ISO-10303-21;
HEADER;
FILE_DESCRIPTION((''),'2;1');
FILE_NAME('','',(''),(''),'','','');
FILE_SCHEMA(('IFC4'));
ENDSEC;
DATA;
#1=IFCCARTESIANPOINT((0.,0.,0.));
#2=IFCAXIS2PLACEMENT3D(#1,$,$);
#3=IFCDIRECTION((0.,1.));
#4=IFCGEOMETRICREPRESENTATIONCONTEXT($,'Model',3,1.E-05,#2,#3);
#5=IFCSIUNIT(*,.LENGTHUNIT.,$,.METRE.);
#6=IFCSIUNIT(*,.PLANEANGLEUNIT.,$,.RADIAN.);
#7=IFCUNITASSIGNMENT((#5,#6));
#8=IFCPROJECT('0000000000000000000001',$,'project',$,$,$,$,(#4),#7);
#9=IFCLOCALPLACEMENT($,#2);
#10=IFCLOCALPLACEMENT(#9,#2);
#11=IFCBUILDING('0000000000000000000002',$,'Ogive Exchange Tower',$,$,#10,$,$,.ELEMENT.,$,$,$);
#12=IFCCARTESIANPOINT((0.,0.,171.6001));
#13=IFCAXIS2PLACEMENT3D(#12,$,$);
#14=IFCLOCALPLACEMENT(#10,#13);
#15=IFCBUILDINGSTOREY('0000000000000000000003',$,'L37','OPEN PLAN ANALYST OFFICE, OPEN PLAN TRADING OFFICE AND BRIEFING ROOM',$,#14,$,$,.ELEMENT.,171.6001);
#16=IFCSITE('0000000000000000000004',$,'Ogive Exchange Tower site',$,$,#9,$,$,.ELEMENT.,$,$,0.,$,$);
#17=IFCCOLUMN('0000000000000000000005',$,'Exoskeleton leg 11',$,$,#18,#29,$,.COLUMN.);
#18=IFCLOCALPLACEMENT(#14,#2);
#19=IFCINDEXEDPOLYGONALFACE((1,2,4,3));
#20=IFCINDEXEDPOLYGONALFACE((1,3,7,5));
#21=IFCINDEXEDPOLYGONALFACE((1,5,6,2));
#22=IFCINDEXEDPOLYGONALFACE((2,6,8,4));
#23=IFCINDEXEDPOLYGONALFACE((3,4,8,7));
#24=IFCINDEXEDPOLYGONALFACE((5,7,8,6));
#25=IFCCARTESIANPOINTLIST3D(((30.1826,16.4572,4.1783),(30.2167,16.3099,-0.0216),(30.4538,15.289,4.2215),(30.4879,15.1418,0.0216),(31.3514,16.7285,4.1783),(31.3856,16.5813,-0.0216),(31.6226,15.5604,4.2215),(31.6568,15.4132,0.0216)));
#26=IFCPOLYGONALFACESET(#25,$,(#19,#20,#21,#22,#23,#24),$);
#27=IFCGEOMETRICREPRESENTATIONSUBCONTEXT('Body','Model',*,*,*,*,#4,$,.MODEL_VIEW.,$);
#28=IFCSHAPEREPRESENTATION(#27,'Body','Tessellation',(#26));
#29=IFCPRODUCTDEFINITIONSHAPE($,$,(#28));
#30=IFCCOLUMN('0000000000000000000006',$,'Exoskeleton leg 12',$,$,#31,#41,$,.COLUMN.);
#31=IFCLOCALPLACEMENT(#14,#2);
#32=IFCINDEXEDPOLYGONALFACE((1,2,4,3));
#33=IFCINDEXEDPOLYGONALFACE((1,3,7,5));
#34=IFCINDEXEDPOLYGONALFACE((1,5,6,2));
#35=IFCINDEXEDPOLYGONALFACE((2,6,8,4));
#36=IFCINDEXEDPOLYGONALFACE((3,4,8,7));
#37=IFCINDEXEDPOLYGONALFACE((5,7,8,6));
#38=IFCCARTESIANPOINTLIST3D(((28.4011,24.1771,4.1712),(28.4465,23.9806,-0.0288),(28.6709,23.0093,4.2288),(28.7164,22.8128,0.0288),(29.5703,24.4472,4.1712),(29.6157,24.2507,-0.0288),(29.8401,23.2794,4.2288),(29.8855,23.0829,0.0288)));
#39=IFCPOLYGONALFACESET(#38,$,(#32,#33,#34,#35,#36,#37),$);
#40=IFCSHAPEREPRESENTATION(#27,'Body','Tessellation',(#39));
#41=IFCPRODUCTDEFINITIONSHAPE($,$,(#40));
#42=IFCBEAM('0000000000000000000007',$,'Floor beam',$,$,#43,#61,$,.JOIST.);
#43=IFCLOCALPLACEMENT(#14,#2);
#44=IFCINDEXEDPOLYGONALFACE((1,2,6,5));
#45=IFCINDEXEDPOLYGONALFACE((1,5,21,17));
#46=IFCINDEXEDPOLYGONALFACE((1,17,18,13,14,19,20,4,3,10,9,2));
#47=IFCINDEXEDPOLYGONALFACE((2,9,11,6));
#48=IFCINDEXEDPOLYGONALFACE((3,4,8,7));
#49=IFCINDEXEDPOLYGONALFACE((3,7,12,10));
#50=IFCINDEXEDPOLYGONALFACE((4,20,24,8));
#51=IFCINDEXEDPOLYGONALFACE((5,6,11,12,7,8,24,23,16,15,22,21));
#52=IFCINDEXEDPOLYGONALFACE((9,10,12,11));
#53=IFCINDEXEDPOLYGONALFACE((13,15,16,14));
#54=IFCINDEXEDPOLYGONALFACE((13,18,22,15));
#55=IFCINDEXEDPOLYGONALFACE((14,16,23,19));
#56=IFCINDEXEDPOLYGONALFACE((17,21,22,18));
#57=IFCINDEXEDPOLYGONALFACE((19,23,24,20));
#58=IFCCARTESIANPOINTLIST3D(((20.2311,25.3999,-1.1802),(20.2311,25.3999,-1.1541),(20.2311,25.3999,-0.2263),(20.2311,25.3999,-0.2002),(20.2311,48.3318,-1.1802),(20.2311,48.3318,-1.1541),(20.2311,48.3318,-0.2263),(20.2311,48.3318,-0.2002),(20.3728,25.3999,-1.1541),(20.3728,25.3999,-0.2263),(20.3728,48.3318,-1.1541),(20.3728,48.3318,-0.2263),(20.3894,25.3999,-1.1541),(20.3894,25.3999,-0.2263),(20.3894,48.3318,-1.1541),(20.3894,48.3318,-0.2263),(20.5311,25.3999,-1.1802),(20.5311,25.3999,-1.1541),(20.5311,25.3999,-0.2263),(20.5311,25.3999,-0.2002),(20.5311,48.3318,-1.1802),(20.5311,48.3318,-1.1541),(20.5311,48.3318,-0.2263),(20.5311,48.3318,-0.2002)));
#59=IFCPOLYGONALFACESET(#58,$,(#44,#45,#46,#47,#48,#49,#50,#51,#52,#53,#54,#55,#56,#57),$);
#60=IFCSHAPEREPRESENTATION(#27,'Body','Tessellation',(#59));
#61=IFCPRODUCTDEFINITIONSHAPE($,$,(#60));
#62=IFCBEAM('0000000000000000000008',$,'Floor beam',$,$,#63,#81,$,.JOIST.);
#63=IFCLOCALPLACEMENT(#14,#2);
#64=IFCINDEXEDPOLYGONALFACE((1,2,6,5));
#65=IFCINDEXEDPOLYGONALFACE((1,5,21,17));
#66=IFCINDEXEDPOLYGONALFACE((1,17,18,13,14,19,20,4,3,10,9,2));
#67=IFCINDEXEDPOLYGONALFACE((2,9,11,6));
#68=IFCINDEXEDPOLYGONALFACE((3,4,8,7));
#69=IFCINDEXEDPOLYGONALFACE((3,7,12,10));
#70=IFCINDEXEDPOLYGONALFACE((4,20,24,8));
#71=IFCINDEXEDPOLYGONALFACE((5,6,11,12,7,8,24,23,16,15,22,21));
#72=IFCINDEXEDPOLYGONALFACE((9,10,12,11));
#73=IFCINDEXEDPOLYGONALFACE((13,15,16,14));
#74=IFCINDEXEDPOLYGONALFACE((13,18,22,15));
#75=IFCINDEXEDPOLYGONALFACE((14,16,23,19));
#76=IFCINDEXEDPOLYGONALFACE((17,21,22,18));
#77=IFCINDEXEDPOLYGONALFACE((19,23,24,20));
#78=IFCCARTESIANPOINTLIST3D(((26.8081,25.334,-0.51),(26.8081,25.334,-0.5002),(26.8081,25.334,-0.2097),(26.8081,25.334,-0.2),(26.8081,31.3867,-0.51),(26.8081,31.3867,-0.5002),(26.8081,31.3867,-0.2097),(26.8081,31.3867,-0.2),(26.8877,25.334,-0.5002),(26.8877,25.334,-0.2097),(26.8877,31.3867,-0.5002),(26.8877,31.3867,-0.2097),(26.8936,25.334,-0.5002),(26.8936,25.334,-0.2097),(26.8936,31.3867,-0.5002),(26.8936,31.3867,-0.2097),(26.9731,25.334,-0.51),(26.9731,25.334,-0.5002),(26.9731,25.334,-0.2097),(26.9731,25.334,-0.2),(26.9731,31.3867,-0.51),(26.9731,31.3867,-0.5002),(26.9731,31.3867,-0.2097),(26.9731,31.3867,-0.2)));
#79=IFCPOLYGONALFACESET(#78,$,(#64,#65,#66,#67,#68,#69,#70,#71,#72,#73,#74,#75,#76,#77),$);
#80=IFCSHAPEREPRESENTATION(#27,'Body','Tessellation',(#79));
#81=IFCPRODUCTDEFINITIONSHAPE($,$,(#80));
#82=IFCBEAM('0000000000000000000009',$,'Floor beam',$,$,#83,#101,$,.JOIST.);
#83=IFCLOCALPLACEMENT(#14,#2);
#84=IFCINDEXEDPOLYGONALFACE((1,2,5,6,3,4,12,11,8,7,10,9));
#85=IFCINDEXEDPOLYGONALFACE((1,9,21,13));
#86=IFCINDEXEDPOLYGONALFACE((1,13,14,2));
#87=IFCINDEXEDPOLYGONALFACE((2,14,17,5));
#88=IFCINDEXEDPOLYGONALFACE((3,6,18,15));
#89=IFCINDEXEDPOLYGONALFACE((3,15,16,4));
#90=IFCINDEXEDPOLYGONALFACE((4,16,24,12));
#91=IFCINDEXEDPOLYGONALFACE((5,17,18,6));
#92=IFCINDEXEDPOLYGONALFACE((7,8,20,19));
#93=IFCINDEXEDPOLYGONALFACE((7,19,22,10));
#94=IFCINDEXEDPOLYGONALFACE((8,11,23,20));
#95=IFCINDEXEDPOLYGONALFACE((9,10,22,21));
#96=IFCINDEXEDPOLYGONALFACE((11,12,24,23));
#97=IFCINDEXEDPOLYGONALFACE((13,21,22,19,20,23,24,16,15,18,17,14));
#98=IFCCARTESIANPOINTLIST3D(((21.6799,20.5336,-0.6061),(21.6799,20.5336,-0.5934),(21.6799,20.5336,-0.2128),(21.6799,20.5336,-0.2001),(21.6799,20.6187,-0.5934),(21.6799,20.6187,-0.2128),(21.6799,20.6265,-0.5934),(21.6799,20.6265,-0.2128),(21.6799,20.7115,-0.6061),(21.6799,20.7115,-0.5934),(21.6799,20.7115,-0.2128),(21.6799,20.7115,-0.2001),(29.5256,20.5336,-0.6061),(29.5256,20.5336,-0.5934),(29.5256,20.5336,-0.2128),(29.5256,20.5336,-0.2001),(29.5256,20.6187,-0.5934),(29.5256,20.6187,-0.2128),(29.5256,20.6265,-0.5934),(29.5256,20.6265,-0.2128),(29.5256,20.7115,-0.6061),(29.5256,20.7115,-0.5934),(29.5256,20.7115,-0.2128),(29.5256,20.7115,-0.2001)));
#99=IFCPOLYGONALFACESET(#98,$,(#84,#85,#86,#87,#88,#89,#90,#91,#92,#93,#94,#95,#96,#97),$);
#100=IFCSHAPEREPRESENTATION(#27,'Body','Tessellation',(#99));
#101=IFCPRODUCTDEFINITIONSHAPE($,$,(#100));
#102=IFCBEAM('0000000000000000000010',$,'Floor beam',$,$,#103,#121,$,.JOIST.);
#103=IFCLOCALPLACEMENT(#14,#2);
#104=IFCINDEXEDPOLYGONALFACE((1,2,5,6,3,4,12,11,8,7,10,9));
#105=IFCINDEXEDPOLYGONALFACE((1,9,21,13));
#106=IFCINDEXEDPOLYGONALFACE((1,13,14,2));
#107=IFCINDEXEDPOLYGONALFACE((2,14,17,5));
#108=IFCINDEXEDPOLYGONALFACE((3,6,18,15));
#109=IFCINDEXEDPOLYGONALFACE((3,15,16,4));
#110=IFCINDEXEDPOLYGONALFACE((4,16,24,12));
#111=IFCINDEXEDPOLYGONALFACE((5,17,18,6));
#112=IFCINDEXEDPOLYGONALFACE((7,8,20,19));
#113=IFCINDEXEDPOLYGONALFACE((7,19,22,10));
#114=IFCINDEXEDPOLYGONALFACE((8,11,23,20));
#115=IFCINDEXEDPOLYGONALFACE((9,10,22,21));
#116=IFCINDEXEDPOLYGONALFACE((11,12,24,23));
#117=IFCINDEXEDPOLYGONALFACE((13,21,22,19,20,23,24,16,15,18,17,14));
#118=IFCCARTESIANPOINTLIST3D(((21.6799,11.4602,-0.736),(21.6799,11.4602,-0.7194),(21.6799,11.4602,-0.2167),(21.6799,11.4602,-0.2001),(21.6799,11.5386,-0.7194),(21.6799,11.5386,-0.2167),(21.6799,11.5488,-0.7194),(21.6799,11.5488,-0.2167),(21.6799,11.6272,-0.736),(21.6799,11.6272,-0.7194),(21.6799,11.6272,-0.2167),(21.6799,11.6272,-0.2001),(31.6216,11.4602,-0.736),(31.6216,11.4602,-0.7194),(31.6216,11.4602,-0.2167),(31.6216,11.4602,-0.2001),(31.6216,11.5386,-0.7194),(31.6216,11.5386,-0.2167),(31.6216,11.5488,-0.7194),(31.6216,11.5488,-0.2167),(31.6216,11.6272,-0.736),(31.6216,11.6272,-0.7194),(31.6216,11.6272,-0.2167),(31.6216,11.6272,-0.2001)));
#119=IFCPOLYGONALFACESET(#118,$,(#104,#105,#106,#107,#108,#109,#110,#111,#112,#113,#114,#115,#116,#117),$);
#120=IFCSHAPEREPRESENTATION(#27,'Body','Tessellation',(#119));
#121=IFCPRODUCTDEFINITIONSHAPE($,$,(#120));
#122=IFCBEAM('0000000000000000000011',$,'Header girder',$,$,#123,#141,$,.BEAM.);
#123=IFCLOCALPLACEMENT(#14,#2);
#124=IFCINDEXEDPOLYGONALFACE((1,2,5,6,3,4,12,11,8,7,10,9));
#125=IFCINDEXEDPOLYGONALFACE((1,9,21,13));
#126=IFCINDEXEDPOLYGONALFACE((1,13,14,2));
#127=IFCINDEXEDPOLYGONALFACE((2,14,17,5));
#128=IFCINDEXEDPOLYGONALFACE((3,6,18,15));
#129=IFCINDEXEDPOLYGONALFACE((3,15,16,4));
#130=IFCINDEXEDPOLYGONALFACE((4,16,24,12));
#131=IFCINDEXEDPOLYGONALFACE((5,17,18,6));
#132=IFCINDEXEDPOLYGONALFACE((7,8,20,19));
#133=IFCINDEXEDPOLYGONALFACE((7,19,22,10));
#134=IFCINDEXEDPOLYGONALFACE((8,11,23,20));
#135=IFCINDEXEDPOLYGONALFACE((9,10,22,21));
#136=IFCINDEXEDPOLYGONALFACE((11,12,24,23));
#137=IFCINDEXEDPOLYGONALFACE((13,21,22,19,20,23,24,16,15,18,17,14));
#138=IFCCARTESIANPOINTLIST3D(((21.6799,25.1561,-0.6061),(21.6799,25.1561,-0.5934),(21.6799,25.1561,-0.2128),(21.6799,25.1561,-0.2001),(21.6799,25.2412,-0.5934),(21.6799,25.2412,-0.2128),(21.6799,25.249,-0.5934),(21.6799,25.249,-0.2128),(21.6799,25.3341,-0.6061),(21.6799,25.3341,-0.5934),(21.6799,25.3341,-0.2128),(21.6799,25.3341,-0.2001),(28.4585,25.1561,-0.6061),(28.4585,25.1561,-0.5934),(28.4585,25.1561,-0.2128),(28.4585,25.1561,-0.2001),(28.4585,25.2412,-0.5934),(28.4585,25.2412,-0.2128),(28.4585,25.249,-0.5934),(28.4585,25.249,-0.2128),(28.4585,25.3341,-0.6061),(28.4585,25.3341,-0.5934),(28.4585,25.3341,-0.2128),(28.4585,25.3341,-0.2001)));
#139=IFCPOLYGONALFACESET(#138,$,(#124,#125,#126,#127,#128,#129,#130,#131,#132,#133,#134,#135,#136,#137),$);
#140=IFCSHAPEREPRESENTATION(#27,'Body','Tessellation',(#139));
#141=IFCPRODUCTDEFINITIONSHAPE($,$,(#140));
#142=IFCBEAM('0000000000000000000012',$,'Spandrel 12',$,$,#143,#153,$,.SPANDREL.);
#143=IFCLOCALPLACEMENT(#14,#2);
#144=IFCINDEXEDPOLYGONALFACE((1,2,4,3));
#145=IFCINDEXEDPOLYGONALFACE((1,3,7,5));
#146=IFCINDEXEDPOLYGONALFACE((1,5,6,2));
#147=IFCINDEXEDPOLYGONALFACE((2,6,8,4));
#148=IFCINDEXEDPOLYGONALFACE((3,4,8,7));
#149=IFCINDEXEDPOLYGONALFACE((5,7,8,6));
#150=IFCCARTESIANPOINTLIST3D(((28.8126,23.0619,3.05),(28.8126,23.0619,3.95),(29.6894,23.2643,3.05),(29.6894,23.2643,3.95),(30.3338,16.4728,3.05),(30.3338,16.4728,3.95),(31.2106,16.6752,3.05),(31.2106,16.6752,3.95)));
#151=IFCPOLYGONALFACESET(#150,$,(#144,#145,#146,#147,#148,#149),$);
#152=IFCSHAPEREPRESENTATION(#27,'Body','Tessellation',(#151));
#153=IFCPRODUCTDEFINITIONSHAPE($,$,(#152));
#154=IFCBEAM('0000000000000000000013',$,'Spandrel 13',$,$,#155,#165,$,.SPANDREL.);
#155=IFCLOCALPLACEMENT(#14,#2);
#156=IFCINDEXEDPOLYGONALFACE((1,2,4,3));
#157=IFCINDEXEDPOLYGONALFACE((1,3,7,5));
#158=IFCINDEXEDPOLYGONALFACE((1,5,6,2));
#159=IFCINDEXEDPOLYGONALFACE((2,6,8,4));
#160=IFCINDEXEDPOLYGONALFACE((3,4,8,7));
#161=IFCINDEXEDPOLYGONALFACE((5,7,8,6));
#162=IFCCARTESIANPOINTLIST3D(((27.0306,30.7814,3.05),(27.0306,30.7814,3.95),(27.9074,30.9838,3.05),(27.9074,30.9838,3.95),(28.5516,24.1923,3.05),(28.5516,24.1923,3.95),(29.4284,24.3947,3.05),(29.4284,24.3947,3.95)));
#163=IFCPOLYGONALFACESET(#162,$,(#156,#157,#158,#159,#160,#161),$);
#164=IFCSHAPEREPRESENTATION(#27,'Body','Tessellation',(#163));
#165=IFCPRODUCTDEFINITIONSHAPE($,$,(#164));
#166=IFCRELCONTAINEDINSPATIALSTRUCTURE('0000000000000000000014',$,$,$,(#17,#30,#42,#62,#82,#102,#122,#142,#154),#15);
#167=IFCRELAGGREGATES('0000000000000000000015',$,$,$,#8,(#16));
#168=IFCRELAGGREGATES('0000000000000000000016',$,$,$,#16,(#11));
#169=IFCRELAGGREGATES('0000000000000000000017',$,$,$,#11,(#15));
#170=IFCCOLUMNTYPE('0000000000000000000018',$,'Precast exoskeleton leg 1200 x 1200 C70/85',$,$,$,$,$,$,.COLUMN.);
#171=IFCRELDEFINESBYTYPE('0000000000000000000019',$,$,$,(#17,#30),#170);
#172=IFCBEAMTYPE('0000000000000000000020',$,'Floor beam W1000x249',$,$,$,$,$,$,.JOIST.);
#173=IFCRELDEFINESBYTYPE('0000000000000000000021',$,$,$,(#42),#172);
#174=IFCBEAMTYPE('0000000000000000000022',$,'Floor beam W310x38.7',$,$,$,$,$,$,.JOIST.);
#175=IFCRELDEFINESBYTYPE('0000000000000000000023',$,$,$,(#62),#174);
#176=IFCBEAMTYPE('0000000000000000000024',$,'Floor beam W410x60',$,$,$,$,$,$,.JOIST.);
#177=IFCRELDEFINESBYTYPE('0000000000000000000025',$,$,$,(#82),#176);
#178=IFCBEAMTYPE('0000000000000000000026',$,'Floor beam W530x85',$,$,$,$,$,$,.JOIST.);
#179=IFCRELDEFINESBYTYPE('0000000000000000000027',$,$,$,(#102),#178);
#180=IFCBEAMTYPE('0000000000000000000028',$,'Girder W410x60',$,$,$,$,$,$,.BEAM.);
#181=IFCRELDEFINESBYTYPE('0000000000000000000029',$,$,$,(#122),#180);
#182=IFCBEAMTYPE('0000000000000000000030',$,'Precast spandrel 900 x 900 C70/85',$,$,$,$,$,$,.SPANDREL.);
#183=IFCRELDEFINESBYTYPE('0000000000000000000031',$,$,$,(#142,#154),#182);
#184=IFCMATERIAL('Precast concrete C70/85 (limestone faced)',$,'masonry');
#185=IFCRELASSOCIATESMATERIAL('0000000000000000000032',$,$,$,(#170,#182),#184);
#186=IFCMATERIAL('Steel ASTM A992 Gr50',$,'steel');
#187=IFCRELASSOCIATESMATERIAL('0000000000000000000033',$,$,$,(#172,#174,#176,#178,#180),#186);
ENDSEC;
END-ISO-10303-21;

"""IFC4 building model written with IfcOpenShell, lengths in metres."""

from ifc_helpers import new_model, si_unit, direction, frame, origin, origin_2d, place, context, subcontext, project, spatial, rectangle, i_section, extrude, material, material_profile, profile_set, type_object, element, save


model = new_model("IFC4")

# Units and contexts
model_context = context("Model", 3, precision=1e-05, world=origin(), true_north=direction((0.0, 1.0)))
body_context = subcontext(model_context, "Body", "Model", "MODEL_VIEW")
ifc_project = project(units=[si_unit("LENGTHUNIT", "METRE"), si_unit("PLANEANGLEUNIT", "RADIAN")], contexts=[model_context])

# Site, building, storey
site_placement = place(None, origin())
site = spatial("IfcSite", under=ifc_project, at=site_placement, Name="Ogive Exchange Tower site", CompositionType="ELEMENT", RefElevation=0.0)
building_placement = place(site_placement, origin())
building = spatial("IfcBuilding", under=site, at=building_placement, Name="Ogive Exchange Tower", CompositionType="ELEMENT")
storey_placement = place(building_placement, frame((0.0, 0.0, 171.6001)))
storey = spatial("IfcBuildingStorey", under=building, at=storey_placement, Name="L37", Description="OPEN PLAN ANALYST OFFICE, OPEN PLAN TRADING OFFICE AND BRIEFING ROOM", CompositionType="ELEMENT", Elevation=171.6001)

# Columns
ifc_material_1 = material(Name="Precast concrete C70/85 (limestone faced)", Category="masonry")
ifc_material_profile_1 = material_profile(ifc_material_1, rectangle(XDim=1.2, YDim=1.2, at=origin_2d()), Name="1200 x 1200")
ifc_profile_set_1 = profile_set([ifc_material_profile_1], Name="Precast concrete C70/85 (limestone faced)")
column_type = type_object("IfcColumnType", Name="Precast exoskeleton leg 1200 x 1200 C70/85", PredefinedType="COLUMN", material=ifc_profile_set_1)
column_1_placement = place(storey_placement, frame((30.9368, 15.8616, 0.0), z_axis=(-0.008133, 0.035029, 0.999353), x_axis=(-0.974091, -0.226157, 0.0)))
element("IfcColumn", 1, at=column_1_placement, inside=storey, type_object=column_type, Name="Exoskeleton leg 11", PredefinedType="COLUMN", context=body_context, shape_type="SweptSolid", body=[
    extrude(rectangle(XDim=1.2, YDim=1.2, at=origin_2d()), origin(), (0.0, 0.0, 1.0), 4.2026),
])
column_2_placement = place(storey_placement, frame((29.166, 23.5317, 0.0), z_axis=(-0.0108, 0.04674, 0.998849), x_axis=(-0.97433, -0.225125, 0.0)))
element("IfcColumn", 2, at=column_2_placement, inside=storey, type_object=column_type, Name="Exoskeleton leg 12", PredefinedType="COLUMN", context=body_context, shape_type="SweptSolid", body=[
    extrude(rectangle(XDim=1.2, YDim=1.2, at=origin_2d()), origin(), (0.0, 0.0, 1.0), 4.2048),
])

# Beams
ifc_material_2 = material(Name="Steel ASTM A992 Gr50", Category="steel")
ifc_material_profile_2 = material_profile(ifc_material_2, i_section(OverallWidth=0.3, OverallDepth=0.98, WebThickness=0.0166, FlangeThickness=0.0261, at=origin_2d()), Name="W1000x249")
ifc_profile_set_2 = profile_set([ifc_material_profile_2], Name="Steel ASTM A992 Gr50")
beam_type_1 = type_object("IfcBeamType", Name="Floor beam W1000x249", PredefinedType="JOIST", material=ifc_profile_set_2)
beam_1_placement = place(storey_placement, frame((20.3811, 25.3999, -0.6902), z_axis=(0.0, 1.0, 0.0), x_axis=(-1.0, 0.0, 0.0)))
element("IfcBeam", 3, at=beam_1_placement, inside=storey, type_object=beam_type_1, Name="Floor beam", PredefinedType="JOIST", context=body_context, shape_type="SweptSolid", body=[
    extrude(i_section(OverallWidth=0.3, OverallDepth=0.98, WebThickness=0.0166, FlangeThickness=0.0261, at=origin_2d()), origin(), (0.0, 0.0, 1.0), 22.9319),
])
ifc_material_profile_3 = material_profile(ifc_material_2, i_section(OverallWidth=0.165, OverallDepth=0.3101, WebThickness=0.0059, FlangeThickness=0.0098, at=origin_2d()), Name="W310x38.7")
ifc_profile_set_3 = profile_set([ifc_material_profile_3], Name="Steel ASTM A992 Gr50")
beam_type_2 = type_object("IfcBeamType", Name="Floor beam W310x38.7", PredefinedType="JOIST", material=ifc_profile_set_3)
beam_2_placement = place(storey_placement, frame((26.8906, 25.334, -0.355), z_axis=(0.0, 1.0, 0.0), x_axis=(-1.0, 0.0, 0.0)))
element("IfcBeam", 4, at=beam_2_placement, inside=storey, type_object=beam_type_2, Name="Floor beam", PredefinedType="JOIST", context=body_context, shape_type="SweptSolid", body=[
    extrude(i_section(OverallWidth=0.165, OverallDepth=0.3101, WebThickness=0.0059, FlangeThickness=0.0098, at=origin_2d()), origin(), (0.0, 0.0, 1.0), 6.0527),
])
ifc_material_profile_4 = material_profile(ifc_material_2, i_section(OverallWidth=0.178, OverallDepth=0.406, WebThickness=0.0078, FlangeThickness=0.0127, at=origin_2d()), Name="W410x60")
ifc_profile_set_4 = profile_set([ifc_material_profile_4], Name="Steel ASTM A992 Gr50")
beam_type_3 = type_object("IfcBeamType", Name="Floor beam W410x60", PredefinedType="JOIST", material=ifc_profile_set_4)
beam_3_placement = place(storey_placement, frame((21.6799, 20.6226, -0.4031), z_axis=(1.0, 0.0, 0.0), x_axis=(0.0, 1.0, 0.0)))
element("IfcBeam", 5, at=beam_3_placement, inside=storey, type_object=beam_type_3, Name="Floor beam", PredefinedType="JOIST", context=body_context, shape_type="SweptSolid", body=[
    extrude(i_section(OverallWidth=0.178, OverallDepth=0.406, WebThickness=0.0078, FlangeThickness=0.0127, at=origin_2d()), origin(), (0.0, 0.0, 1.0), 7.8457),
])
ifc_material_profile_5 = material_profile(ifc_material_2, i_section(OverallWidth=0.167, OverallDepth=0.5359, WebThickness=0.0103, FlangeThickness=0.0166, at=origin_2d()), Name="W530x85")
ifc_profile_set_5 = profile_set([ifc_material_profile_5], Name="Steel ASTM A992 Gr50")
beam_type_4 = type_object("IfcBeamType", Name="Floor beam W530x85", PredefinedType="JOIST", material=ifc_profile_set_5)
beam_4_placement = place(storey_placement, frame((21.6799, 11.5437, -0.468), z_axis=(1.0, 0.0, 0.0), x_axis=(0.0, 1.0, 0.0)))
element("IfcBeam", 6, at=beam_4_placement, inside=storey, type_object=beam_type_4, Name="Floor beam", PredefinedType="JOIST", context=body_context, shape_type="SweptSolid", body=[
    extrude(i_section(OverallWidth=0.167, OverallDepth=0.5359, WebThickness=0.0103, FlangeThickness=0.0166, at=origin_2d()), origin(), (0.0, 0.0, 1.0), 9.9417),
])
ifc_material_profile_6 = material_profile(ifc_material_2, i_section(OverallWidth=0.178, OverallDepth=0.406, WebThickness=0.0078, FlangeThickness=0.0127, at=origin_2d()), Name="W410x60")
ifc_profile_set_6 = profile_set([ifc_material_profile_6], Name="Steel ASTM A992 Gr50")
beam_type_5 = type_object("IfcBeamType", Name="Girder W410x60", PredefinedType="BEAM", material=ifc_profile_set_6)
beam_5_placement = place(storey_placement, frame((21.6799, 25.2451, -0.4031), z_axis=(1.0, 0.0, 0.0), x_axis=(0.0, 1.0, 0.0)))
element("IfcBeam", 7, at=beam_5_placement, inside=storey, type_object=beam_type_5, Name="Header girder", PredefinedType="BEAM", context=body_context, shape_type="SweptSolid", body=[
    extrude(i_section(OverallWidth=0.178, OverallDepth=0.406, WebThickness=0.0078, FlangeThickness=0.0127, at=origin_2d()), origin(), (0.0, 0.0, 1.0), 6.7786),
])
ifc_material_profile_7 = material_profile(ifc_material_1, rectangle(XDim=0.8999, YDim=0.8999, at=origin_2d()), Name="900 x 900")
ifc_profile_set_7 = profile_set([ifc_material_profile_7], Name="Precast concrete C70/85 (limestone faced)")
beam_type_6 = type_object("IfcBeamType", Name="Precast spandrel 900 x 900 C70/85", PredefinedType="SPANDREL", material=ifc_profile_set_7)
for number, where, z_axis, x_axis, name in (
    (8, (30.7722, 16.574, 3.5), (-0.224954, 0.974369, 0.0), (-0.974369, -0.224954, 0.0), "Spandrel 12"),
    (9, (28.99, 24.2935, 3.5), (-0.22492, 0.974377, 0.0), (-0.974377, -0.22492, 0.0), "Spandrel 13"),
):
    element("IfcBeam", number, at=place(storey_placement, frame(where, z_axis=z_axis, x_axis=x_axis)), inside=storey, type_object=beam_type_6, Name=name, PredefinedType="SPANDREL", context=body_context, shape_type="SweptSolid", body=[
        extrude(rectangle(XDim=0.8999, YDim=0.8999, at=origin_2d()), origin(), (0.0, 0.0, 1.0), 6.7625),
    ])

save(model, "model.ifc")
